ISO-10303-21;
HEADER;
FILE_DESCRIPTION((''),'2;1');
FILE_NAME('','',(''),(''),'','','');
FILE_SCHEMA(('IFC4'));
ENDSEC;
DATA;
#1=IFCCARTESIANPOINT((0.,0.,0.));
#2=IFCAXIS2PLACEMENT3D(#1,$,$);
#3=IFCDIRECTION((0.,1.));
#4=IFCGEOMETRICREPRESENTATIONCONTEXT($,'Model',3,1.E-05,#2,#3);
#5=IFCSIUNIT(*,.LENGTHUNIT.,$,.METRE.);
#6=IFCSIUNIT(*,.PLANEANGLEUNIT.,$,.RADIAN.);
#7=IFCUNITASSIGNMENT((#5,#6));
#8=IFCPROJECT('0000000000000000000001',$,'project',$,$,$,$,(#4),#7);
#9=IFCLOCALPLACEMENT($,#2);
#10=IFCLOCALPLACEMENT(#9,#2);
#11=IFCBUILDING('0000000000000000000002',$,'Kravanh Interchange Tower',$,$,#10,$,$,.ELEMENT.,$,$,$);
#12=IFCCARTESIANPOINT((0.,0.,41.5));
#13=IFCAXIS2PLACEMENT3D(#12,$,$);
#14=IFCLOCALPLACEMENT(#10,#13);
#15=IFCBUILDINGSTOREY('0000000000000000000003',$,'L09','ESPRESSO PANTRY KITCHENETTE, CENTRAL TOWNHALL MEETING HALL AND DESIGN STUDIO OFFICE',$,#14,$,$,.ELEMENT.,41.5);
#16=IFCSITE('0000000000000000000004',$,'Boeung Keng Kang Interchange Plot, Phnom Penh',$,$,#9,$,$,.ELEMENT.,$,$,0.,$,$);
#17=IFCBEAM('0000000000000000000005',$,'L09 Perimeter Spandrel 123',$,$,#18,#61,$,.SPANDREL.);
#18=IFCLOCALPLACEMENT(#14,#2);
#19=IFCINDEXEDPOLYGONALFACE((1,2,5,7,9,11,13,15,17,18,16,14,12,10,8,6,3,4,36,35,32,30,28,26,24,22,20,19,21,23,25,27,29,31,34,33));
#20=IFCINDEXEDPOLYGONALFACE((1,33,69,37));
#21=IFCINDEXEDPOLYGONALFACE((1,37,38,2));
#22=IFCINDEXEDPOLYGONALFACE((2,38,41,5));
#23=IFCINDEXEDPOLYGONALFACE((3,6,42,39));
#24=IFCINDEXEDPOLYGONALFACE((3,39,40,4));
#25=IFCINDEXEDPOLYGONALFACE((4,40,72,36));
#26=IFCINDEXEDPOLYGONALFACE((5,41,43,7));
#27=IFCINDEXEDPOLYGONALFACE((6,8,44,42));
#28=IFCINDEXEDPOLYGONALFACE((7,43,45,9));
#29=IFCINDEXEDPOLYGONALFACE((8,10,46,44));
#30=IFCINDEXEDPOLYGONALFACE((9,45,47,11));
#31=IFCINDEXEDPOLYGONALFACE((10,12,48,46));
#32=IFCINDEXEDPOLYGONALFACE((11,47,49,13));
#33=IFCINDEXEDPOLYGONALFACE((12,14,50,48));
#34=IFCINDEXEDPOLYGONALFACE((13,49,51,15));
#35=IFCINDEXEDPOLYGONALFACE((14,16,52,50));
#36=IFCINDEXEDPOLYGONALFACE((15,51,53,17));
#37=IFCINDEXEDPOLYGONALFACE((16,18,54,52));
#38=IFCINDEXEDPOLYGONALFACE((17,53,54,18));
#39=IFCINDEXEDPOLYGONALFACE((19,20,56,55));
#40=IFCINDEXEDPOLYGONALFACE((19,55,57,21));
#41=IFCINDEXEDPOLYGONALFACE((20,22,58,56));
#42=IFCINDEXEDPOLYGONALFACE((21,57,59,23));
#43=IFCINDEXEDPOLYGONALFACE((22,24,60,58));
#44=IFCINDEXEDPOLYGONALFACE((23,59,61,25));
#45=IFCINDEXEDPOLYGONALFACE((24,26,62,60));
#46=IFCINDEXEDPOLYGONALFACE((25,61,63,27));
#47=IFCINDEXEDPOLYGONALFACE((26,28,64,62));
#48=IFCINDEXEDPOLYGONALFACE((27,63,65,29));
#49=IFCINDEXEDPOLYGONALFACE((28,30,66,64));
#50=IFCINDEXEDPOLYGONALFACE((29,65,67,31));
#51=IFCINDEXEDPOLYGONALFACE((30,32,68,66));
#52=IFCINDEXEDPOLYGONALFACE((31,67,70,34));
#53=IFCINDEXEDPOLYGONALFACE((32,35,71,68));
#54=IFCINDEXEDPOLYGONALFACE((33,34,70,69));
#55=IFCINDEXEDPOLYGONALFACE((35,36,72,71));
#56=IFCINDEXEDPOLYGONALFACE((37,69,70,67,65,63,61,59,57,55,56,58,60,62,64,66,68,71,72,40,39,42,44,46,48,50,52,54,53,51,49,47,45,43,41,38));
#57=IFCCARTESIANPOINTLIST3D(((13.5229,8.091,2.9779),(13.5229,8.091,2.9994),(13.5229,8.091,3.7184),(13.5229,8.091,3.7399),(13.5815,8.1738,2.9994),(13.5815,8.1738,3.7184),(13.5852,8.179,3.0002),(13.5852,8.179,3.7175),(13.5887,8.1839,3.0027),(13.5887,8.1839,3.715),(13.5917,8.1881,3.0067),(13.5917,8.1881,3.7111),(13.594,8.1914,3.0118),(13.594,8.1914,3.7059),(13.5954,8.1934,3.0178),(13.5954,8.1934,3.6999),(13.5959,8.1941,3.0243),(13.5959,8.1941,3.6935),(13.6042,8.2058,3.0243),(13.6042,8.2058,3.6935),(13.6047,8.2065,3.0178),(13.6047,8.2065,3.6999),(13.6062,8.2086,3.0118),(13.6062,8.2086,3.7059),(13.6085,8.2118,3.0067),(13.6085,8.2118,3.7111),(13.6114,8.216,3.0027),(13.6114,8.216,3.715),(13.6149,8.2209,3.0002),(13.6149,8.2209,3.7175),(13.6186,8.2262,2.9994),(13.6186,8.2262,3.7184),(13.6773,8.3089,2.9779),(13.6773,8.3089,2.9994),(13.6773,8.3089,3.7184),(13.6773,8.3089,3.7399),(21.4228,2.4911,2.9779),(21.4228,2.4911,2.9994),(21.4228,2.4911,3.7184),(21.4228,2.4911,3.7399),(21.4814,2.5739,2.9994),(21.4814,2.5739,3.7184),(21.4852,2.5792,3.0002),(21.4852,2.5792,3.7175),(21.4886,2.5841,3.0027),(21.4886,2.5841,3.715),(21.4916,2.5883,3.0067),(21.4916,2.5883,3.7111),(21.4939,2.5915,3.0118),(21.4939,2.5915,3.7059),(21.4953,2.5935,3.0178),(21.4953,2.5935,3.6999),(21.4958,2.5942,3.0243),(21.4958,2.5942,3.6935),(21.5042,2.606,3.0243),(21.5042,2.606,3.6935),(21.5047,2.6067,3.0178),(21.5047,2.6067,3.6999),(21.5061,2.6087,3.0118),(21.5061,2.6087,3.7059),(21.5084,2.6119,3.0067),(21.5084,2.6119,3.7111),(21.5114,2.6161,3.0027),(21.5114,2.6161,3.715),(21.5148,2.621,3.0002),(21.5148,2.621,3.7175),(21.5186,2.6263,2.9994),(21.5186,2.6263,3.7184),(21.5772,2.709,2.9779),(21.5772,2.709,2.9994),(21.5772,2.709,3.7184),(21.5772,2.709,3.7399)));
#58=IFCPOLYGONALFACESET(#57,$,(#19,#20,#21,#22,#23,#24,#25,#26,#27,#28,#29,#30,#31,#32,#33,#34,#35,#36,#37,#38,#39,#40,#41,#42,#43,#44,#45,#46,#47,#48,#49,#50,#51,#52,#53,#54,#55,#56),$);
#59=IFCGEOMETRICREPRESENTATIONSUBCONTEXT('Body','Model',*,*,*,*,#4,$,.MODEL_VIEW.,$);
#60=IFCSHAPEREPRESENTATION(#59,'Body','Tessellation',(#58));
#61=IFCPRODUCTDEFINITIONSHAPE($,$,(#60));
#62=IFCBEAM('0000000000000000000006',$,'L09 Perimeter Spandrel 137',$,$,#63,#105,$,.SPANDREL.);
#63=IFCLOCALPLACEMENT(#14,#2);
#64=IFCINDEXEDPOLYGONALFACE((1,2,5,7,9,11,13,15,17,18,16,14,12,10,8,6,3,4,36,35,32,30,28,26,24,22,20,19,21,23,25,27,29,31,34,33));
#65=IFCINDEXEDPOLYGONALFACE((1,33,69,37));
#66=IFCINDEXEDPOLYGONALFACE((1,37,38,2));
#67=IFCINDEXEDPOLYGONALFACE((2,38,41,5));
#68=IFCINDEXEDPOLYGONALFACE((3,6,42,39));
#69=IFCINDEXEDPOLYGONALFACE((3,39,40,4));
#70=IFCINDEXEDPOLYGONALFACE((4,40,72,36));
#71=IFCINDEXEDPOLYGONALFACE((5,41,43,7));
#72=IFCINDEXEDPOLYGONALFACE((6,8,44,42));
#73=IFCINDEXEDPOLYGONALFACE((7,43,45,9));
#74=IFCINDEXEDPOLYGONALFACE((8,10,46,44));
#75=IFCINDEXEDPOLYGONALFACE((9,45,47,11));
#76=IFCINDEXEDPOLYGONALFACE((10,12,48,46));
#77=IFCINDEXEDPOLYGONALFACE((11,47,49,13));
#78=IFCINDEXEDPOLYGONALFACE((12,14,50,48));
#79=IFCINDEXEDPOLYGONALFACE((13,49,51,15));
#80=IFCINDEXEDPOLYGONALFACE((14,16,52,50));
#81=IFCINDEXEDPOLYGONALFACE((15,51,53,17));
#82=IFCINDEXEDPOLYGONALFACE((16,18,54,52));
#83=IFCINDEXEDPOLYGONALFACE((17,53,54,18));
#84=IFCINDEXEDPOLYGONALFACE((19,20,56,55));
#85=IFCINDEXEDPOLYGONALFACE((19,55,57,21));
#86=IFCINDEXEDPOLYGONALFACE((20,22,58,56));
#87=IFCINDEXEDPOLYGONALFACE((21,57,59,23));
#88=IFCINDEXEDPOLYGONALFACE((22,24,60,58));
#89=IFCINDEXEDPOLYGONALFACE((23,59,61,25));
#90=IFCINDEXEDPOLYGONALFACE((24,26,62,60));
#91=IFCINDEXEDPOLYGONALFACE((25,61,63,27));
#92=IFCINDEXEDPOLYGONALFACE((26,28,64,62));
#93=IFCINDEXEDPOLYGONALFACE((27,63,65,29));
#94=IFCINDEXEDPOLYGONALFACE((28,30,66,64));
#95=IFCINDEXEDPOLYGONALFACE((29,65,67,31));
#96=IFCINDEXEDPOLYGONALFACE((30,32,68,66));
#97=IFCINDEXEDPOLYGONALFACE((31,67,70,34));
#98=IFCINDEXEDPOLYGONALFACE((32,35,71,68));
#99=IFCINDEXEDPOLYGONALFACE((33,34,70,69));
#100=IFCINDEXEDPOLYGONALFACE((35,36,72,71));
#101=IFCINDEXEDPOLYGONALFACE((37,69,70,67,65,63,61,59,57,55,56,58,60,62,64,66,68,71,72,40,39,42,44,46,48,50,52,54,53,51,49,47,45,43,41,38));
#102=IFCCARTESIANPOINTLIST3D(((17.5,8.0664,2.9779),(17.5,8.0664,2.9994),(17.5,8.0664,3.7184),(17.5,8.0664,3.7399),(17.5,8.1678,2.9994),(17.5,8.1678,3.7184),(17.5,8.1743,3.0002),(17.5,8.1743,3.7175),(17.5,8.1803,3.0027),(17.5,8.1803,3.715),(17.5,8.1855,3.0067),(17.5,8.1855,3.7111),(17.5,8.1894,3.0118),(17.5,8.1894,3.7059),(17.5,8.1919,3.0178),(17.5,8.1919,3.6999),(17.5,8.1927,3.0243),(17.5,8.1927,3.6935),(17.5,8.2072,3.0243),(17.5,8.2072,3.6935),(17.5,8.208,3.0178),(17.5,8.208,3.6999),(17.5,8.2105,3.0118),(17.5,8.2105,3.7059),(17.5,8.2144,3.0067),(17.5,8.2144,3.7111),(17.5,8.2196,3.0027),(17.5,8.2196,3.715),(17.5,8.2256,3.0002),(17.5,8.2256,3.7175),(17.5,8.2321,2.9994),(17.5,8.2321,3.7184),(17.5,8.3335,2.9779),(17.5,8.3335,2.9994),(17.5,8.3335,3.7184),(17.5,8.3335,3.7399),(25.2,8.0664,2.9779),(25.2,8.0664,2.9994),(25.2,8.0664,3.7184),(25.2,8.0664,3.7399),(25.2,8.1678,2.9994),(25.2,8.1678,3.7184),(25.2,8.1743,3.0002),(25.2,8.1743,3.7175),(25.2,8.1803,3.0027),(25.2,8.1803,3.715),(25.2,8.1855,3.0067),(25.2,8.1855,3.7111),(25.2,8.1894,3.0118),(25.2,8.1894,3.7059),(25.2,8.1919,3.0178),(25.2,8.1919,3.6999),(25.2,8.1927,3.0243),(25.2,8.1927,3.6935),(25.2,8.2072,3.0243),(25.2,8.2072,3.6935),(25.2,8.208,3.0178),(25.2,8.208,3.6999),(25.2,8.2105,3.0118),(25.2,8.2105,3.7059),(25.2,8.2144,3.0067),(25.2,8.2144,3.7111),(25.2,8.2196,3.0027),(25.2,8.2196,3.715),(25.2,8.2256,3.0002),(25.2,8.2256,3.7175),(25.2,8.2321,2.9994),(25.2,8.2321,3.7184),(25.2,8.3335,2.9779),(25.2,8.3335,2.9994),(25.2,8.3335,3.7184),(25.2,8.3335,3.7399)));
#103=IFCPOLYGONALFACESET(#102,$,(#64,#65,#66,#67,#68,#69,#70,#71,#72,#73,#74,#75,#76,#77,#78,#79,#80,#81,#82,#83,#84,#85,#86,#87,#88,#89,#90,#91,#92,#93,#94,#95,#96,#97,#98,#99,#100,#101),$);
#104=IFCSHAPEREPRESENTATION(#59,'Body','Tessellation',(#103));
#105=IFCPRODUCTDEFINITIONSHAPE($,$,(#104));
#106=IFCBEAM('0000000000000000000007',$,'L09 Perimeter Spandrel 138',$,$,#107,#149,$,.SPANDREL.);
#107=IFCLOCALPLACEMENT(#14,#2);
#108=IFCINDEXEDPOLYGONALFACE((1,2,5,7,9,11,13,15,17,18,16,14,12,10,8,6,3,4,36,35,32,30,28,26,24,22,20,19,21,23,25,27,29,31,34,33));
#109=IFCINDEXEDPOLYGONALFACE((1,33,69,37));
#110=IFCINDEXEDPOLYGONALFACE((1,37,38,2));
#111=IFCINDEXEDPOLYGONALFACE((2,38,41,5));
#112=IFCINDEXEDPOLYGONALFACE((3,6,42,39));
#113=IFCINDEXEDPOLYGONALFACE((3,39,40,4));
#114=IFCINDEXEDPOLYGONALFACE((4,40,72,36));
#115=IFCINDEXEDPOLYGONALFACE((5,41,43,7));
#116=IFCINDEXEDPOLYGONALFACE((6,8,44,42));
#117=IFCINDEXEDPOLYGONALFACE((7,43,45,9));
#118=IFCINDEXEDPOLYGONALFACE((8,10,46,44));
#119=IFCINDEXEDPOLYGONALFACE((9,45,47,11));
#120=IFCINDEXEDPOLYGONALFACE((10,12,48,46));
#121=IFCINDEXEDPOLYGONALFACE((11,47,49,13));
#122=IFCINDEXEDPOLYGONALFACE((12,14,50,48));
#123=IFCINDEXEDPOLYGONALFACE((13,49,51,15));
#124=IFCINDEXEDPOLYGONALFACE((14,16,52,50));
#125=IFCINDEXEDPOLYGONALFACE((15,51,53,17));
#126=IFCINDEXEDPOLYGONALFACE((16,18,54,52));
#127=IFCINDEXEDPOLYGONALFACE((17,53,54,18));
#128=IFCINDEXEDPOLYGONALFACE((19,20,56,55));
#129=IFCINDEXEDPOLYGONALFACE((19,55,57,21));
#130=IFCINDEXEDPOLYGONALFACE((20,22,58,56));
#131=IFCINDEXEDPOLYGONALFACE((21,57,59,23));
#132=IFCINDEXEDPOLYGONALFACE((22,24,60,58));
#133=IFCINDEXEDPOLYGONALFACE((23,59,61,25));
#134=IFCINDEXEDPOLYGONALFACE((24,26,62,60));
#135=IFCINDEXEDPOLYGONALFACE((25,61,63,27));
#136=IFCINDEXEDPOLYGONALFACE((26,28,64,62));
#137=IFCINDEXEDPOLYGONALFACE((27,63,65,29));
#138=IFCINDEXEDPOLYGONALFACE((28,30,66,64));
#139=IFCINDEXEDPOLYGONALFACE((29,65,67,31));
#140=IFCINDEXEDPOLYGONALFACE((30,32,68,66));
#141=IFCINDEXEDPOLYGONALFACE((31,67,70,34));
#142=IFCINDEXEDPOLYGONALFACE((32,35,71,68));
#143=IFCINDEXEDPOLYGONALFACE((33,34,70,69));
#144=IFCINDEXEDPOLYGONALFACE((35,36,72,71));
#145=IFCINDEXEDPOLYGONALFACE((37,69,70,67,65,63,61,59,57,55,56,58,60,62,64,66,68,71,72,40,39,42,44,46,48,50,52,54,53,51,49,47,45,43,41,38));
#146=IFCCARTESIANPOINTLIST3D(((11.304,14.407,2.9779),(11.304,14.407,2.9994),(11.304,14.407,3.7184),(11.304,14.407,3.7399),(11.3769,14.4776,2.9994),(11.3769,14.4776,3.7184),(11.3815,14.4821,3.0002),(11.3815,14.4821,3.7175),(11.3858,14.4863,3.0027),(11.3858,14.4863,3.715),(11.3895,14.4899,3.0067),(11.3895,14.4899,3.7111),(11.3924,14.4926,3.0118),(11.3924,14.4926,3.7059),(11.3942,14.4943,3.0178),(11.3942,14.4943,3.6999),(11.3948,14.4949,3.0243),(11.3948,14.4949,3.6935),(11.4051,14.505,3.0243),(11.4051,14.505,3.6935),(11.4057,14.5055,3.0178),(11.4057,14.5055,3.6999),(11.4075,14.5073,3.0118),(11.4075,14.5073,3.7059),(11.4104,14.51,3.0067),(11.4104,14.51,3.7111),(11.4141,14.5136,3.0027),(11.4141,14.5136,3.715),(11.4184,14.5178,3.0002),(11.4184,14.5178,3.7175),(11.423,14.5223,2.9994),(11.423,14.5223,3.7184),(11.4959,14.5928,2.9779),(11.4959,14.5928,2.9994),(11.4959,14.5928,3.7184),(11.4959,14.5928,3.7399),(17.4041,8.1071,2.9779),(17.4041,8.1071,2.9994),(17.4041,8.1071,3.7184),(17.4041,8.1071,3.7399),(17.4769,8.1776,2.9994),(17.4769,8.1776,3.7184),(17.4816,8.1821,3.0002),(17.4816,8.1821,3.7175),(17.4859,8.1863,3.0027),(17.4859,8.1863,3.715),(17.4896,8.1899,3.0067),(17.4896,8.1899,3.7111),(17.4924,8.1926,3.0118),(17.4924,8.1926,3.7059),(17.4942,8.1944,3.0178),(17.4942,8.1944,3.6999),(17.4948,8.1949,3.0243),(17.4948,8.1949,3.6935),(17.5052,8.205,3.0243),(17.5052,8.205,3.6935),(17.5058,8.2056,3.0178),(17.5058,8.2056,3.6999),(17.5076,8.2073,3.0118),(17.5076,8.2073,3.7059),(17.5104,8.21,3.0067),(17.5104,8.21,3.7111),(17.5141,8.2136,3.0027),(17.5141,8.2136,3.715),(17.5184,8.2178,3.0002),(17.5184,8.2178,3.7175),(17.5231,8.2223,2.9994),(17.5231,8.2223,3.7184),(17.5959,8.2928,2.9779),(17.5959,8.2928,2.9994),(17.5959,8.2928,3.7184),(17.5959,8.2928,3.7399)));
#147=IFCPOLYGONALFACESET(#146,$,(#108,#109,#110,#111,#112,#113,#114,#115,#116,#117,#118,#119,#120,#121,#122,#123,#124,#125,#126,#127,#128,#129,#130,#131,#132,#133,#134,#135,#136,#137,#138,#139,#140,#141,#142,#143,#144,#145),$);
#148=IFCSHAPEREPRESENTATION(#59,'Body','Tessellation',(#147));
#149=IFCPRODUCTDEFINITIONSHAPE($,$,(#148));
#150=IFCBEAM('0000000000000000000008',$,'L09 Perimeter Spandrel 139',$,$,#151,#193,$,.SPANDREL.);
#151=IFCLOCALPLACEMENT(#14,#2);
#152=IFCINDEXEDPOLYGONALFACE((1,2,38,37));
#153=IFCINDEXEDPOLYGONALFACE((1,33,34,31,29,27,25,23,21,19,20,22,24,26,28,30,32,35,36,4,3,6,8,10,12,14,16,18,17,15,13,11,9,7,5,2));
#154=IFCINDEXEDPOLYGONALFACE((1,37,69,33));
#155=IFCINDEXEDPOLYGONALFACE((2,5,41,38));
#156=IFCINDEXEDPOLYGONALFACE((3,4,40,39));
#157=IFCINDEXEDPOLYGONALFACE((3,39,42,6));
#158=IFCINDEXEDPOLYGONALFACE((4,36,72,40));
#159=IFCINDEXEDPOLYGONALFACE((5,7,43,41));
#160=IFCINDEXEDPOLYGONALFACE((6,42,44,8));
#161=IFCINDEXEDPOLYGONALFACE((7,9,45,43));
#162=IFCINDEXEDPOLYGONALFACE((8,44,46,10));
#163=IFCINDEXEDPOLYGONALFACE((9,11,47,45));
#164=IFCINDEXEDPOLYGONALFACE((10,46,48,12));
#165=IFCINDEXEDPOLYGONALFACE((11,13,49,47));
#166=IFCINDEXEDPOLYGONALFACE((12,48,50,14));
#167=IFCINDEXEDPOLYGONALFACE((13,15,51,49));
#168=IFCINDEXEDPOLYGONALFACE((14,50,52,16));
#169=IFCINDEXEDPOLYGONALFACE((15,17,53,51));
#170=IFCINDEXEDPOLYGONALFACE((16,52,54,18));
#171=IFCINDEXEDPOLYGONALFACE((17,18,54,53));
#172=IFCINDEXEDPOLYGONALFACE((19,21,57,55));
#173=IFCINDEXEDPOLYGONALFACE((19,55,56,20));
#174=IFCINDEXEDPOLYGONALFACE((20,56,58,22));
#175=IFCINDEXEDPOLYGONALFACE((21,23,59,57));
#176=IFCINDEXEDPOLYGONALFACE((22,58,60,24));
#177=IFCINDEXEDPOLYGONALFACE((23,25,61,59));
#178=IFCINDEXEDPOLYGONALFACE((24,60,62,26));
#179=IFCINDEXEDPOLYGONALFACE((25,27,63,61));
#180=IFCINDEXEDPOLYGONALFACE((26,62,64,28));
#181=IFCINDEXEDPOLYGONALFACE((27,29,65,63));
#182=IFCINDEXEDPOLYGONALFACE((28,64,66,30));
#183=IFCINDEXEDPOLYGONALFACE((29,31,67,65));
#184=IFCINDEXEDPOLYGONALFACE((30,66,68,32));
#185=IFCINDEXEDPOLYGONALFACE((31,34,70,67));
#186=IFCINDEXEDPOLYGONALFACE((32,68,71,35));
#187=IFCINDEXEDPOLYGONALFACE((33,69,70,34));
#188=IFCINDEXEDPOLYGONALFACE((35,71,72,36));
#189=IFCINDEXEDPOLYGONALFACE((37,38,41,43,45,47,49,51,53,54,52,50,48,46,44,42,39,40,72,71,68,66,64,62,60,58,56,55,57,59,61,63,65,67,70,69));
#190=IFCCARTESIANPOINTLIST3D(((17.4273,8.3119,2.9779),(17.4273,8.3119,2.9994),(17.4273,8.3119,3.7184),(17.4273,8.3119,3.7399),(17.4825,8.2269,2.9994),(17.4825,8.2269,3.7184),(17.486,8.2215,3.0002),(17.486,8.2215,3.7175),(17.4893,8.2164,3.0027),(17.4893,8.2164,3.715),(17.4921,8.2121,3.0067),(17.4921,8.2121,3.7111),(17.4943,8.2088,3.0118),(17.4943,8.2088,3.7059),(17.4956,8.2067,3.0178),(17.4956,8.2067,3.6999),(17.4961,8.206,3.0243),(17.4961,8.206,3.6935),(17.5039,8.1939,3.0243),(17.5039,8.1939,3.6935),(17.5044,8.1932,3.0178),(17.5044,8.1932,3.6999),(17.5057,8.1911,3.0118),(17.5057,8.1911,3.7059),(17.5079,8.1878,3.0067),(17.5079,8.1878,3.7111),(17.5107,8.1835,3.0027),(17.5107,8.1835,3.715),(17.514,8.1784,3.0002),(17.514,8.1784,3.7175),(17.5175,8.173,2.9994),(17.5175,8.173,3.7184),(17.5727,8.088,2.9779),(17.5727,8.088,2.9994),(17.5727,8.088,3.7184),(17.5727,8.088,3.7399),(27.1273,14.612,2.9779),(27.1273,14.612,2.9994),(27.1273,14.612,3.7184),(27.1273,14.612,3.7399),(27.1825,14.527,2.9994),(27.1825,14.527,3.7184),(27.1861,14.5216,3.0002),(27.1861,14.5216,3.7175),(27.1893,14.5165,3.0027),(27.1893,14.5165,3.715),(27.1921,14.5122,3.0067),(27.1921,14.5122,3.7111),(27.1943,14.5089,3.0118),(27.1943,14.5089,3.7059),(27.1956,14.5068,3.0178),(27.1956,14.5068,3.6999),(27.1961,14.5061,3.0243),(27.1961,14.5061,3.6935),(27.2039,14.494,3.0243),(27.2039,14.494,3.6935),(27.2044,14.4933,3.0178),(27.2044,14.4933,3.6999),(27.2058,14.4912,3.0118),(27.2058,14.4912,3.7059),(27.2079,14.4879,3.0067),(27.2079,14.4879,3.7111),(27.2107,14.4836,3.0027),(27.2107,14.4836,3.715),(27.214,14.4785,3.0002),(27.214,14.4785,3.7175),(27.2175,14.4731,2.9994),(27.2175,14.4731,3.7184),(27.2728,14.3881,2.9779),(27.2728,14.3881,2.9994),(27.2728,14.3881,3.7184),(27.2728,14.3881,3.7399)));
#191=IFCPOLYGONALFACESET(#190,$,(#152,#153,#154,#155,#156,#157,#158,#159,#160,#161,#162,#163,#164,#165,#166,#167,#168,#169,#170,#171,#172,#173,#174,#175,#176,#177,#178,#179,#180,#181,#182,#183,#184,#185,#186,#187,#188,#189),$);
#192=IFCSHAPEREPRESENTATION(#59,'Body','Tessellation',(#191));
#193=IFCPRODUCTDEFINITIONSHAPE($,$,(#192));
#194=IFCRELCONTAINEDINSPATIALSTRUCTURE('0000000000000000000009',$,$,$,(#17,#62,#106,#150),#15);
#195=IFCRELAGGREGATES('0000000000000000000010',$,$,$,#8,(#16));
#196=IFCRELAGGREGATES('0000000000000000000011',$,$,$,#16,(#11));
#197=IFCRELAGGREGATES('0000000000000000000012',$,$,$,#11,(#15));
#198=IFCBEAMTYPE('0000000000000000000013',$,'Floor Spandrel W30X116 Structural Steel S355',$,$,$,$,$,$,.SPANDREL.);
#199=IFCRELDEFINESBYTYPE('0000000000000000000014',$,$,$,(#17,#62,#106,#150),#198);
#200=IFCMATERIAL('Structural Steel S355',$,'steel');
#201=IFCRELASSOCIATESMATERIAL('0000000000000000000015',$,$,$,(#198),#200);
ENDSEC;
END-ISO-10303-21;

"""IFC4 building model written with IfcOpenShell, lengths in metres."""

from ifc_helpers import new_model, si_unit, direction, frame, origin, origin_2d, place, context, subcontext, project, spatial, i_section, extrude, material, material_profile, profile_set, type_object, element, save


model = new_model("IFC4")

# Units and contexts
model_context = context("Model", 3, precision=1e-05, world=origin(), true_north=direction((0.0, 1.0)))
body_context = subcontext(model_context, "Body", "Model", "MODEL_VIEW")
ifc_project = project(units=[si_unit("LENGTHUNIT", "METRE"), si_unit("PLANEANGLEUNIT", "RADIAN")], contexts=[model_context])

# Site, building, storey
site_placement = place(None, origin())
site = spatial("IfcSite", under=ifc_project, at=site_placement, Name="Boeung Keng Kang Interchange Plot, Phnom Penh", CompositionType="ELEMENT", RefElevation=0.0)
building_placement = place(site_placement, origin())
building = spatial("IfcBuilding", under=site, at=building_placement, Name="Kravanh Interchange Tower", CompositionType="ELEMENT")
storey_placement = place(building_placement, frame((0.0, 0.0, 41.5)))
storey = spatial("IfcBuildingStorey", under=building, at=storey_placement, Name="L09", Description="ESPRESSO PANTRY KITCHENETTE, CENTRAL TOWNHALL MEETING HALL AND DESIGN STUDIO OFFICE", CompositionType="ELEMENT", Elevation=41.5)

# Beams
ifc_material_1 = material(Name="Structural Steel S355", Category="steel")
ifc_material_profile_1 = material_profile(ifc_material_1, i_section(OverallWidth=0.2671, OverallDepth=0.762, WebThickness=0.0144, FlangeThickness=0.0215, FilletRadius=0.0249, at=origin_2d()), Name="W30X116")
ifc_profile_set_1 = profile_set([ifc_material_profile_1], Name="Structural Steel S355")
beam_type_1 = type_object("IfcBeamType", Name="Floor Spandrel W30X116 Structural Steel S355", PredefinedType="SPANDREL", material=ifc_profile_set_1)
beam_1_placement = place(storey_placement, frame((21.5, 2.6001, 3.3589), z_axis=(-0.815825, 0.578299, 0.0), x_axis=(-0.578299, -0.815825, 0.0)))
element("IfcBeam", 1, at=beam_1_placement, inside=storey, type_object=beam_type_1, Name="L09 Perimeter Spandrel 123", PredefinedType="SPANDREL", context=body_context, shape_type="SweptSolid", body=[
    extrude(i_section(OverallWidth=0.2671, OverallDepth=0.762, WebThickness=0.0144, FlangeThickness=0.0215, FilletRadius=0.0249, at=origin_2d()), origin(), (0.0, 0.0, 1.0), 9.6833),
])
beam_2_placement = place(storey_placement, frame((17.5, 8.2, 3.3589), z_axis=(1.0, 0.0, 0.0), x_axis=(0.0, 1.0, 0.0)))
element("IfcBeam", 2, at=beam_2_placement, inside=storey, type_object=beam_type_1, Name="L09 Perimeter Spandrel 137", PredefinedType="SPANDREL", context=body_context, shape_type="SweptSolid", body=[
    extrude(i_section(OverallWidth=0.2671, OverallDepth=0.762, WebThickness=0.0144, FlangeThickness=0.0215, FilletRadius=0.0249, at=origin_2d()), origin(), (0.0, 0.0, 1.0), 7.7),
])
beam_3_placement = place(storey_placement, frame((17.5, 8.2, 3.3589), z_axis=(-0.695614, 0.718415, 0.0), x_axis=(-0.718415, -0.695614, 0.0)))
element("IfcBeam", 3, at=beam_3_placement, inside=storey, type_object=beam_type_1, Name="L09 Perimeter Spandrel 138", PredefinedType="SPANDREL", context=body_context, shape_type="SweptSolid", body=[
    extrude(i_section(OverallWidth=0.2671, OverallDepth=0.762, WebThickness=0.0144, FlangeThickness=0.0215, FilletRadius=0.0249, at=origin_2d()), origin(), (0.0, 0.0, 1.0), 8.7693),
])
beam_4_placement = place(storey_placement, frame((17.5, 8.2, 3.3589), z_axis=(0.838638, 0.544689, 0.0), x_axis=(-0.544689, 0.838638, 0.0)))
element("IfcBeam", 4, at=beam_4_placement, inside=storey, type_object=beam_type_1, Name="L09 Perimeter Spandrel 139", PredefinedType="SPANDREL", context=body_context, shape_type="SweptSolid", body=[
    extrude(i_section(OverallWidth=0.2671, OverallDepth=0.762, WebThickness=0.0144, FlangeThickness=0.0215, FilletRadius=0.0249, at=origin_2d()), origin(), (0.0, 0.0, 1.0), 11.5664),
])

save(model, "model.ifc")
